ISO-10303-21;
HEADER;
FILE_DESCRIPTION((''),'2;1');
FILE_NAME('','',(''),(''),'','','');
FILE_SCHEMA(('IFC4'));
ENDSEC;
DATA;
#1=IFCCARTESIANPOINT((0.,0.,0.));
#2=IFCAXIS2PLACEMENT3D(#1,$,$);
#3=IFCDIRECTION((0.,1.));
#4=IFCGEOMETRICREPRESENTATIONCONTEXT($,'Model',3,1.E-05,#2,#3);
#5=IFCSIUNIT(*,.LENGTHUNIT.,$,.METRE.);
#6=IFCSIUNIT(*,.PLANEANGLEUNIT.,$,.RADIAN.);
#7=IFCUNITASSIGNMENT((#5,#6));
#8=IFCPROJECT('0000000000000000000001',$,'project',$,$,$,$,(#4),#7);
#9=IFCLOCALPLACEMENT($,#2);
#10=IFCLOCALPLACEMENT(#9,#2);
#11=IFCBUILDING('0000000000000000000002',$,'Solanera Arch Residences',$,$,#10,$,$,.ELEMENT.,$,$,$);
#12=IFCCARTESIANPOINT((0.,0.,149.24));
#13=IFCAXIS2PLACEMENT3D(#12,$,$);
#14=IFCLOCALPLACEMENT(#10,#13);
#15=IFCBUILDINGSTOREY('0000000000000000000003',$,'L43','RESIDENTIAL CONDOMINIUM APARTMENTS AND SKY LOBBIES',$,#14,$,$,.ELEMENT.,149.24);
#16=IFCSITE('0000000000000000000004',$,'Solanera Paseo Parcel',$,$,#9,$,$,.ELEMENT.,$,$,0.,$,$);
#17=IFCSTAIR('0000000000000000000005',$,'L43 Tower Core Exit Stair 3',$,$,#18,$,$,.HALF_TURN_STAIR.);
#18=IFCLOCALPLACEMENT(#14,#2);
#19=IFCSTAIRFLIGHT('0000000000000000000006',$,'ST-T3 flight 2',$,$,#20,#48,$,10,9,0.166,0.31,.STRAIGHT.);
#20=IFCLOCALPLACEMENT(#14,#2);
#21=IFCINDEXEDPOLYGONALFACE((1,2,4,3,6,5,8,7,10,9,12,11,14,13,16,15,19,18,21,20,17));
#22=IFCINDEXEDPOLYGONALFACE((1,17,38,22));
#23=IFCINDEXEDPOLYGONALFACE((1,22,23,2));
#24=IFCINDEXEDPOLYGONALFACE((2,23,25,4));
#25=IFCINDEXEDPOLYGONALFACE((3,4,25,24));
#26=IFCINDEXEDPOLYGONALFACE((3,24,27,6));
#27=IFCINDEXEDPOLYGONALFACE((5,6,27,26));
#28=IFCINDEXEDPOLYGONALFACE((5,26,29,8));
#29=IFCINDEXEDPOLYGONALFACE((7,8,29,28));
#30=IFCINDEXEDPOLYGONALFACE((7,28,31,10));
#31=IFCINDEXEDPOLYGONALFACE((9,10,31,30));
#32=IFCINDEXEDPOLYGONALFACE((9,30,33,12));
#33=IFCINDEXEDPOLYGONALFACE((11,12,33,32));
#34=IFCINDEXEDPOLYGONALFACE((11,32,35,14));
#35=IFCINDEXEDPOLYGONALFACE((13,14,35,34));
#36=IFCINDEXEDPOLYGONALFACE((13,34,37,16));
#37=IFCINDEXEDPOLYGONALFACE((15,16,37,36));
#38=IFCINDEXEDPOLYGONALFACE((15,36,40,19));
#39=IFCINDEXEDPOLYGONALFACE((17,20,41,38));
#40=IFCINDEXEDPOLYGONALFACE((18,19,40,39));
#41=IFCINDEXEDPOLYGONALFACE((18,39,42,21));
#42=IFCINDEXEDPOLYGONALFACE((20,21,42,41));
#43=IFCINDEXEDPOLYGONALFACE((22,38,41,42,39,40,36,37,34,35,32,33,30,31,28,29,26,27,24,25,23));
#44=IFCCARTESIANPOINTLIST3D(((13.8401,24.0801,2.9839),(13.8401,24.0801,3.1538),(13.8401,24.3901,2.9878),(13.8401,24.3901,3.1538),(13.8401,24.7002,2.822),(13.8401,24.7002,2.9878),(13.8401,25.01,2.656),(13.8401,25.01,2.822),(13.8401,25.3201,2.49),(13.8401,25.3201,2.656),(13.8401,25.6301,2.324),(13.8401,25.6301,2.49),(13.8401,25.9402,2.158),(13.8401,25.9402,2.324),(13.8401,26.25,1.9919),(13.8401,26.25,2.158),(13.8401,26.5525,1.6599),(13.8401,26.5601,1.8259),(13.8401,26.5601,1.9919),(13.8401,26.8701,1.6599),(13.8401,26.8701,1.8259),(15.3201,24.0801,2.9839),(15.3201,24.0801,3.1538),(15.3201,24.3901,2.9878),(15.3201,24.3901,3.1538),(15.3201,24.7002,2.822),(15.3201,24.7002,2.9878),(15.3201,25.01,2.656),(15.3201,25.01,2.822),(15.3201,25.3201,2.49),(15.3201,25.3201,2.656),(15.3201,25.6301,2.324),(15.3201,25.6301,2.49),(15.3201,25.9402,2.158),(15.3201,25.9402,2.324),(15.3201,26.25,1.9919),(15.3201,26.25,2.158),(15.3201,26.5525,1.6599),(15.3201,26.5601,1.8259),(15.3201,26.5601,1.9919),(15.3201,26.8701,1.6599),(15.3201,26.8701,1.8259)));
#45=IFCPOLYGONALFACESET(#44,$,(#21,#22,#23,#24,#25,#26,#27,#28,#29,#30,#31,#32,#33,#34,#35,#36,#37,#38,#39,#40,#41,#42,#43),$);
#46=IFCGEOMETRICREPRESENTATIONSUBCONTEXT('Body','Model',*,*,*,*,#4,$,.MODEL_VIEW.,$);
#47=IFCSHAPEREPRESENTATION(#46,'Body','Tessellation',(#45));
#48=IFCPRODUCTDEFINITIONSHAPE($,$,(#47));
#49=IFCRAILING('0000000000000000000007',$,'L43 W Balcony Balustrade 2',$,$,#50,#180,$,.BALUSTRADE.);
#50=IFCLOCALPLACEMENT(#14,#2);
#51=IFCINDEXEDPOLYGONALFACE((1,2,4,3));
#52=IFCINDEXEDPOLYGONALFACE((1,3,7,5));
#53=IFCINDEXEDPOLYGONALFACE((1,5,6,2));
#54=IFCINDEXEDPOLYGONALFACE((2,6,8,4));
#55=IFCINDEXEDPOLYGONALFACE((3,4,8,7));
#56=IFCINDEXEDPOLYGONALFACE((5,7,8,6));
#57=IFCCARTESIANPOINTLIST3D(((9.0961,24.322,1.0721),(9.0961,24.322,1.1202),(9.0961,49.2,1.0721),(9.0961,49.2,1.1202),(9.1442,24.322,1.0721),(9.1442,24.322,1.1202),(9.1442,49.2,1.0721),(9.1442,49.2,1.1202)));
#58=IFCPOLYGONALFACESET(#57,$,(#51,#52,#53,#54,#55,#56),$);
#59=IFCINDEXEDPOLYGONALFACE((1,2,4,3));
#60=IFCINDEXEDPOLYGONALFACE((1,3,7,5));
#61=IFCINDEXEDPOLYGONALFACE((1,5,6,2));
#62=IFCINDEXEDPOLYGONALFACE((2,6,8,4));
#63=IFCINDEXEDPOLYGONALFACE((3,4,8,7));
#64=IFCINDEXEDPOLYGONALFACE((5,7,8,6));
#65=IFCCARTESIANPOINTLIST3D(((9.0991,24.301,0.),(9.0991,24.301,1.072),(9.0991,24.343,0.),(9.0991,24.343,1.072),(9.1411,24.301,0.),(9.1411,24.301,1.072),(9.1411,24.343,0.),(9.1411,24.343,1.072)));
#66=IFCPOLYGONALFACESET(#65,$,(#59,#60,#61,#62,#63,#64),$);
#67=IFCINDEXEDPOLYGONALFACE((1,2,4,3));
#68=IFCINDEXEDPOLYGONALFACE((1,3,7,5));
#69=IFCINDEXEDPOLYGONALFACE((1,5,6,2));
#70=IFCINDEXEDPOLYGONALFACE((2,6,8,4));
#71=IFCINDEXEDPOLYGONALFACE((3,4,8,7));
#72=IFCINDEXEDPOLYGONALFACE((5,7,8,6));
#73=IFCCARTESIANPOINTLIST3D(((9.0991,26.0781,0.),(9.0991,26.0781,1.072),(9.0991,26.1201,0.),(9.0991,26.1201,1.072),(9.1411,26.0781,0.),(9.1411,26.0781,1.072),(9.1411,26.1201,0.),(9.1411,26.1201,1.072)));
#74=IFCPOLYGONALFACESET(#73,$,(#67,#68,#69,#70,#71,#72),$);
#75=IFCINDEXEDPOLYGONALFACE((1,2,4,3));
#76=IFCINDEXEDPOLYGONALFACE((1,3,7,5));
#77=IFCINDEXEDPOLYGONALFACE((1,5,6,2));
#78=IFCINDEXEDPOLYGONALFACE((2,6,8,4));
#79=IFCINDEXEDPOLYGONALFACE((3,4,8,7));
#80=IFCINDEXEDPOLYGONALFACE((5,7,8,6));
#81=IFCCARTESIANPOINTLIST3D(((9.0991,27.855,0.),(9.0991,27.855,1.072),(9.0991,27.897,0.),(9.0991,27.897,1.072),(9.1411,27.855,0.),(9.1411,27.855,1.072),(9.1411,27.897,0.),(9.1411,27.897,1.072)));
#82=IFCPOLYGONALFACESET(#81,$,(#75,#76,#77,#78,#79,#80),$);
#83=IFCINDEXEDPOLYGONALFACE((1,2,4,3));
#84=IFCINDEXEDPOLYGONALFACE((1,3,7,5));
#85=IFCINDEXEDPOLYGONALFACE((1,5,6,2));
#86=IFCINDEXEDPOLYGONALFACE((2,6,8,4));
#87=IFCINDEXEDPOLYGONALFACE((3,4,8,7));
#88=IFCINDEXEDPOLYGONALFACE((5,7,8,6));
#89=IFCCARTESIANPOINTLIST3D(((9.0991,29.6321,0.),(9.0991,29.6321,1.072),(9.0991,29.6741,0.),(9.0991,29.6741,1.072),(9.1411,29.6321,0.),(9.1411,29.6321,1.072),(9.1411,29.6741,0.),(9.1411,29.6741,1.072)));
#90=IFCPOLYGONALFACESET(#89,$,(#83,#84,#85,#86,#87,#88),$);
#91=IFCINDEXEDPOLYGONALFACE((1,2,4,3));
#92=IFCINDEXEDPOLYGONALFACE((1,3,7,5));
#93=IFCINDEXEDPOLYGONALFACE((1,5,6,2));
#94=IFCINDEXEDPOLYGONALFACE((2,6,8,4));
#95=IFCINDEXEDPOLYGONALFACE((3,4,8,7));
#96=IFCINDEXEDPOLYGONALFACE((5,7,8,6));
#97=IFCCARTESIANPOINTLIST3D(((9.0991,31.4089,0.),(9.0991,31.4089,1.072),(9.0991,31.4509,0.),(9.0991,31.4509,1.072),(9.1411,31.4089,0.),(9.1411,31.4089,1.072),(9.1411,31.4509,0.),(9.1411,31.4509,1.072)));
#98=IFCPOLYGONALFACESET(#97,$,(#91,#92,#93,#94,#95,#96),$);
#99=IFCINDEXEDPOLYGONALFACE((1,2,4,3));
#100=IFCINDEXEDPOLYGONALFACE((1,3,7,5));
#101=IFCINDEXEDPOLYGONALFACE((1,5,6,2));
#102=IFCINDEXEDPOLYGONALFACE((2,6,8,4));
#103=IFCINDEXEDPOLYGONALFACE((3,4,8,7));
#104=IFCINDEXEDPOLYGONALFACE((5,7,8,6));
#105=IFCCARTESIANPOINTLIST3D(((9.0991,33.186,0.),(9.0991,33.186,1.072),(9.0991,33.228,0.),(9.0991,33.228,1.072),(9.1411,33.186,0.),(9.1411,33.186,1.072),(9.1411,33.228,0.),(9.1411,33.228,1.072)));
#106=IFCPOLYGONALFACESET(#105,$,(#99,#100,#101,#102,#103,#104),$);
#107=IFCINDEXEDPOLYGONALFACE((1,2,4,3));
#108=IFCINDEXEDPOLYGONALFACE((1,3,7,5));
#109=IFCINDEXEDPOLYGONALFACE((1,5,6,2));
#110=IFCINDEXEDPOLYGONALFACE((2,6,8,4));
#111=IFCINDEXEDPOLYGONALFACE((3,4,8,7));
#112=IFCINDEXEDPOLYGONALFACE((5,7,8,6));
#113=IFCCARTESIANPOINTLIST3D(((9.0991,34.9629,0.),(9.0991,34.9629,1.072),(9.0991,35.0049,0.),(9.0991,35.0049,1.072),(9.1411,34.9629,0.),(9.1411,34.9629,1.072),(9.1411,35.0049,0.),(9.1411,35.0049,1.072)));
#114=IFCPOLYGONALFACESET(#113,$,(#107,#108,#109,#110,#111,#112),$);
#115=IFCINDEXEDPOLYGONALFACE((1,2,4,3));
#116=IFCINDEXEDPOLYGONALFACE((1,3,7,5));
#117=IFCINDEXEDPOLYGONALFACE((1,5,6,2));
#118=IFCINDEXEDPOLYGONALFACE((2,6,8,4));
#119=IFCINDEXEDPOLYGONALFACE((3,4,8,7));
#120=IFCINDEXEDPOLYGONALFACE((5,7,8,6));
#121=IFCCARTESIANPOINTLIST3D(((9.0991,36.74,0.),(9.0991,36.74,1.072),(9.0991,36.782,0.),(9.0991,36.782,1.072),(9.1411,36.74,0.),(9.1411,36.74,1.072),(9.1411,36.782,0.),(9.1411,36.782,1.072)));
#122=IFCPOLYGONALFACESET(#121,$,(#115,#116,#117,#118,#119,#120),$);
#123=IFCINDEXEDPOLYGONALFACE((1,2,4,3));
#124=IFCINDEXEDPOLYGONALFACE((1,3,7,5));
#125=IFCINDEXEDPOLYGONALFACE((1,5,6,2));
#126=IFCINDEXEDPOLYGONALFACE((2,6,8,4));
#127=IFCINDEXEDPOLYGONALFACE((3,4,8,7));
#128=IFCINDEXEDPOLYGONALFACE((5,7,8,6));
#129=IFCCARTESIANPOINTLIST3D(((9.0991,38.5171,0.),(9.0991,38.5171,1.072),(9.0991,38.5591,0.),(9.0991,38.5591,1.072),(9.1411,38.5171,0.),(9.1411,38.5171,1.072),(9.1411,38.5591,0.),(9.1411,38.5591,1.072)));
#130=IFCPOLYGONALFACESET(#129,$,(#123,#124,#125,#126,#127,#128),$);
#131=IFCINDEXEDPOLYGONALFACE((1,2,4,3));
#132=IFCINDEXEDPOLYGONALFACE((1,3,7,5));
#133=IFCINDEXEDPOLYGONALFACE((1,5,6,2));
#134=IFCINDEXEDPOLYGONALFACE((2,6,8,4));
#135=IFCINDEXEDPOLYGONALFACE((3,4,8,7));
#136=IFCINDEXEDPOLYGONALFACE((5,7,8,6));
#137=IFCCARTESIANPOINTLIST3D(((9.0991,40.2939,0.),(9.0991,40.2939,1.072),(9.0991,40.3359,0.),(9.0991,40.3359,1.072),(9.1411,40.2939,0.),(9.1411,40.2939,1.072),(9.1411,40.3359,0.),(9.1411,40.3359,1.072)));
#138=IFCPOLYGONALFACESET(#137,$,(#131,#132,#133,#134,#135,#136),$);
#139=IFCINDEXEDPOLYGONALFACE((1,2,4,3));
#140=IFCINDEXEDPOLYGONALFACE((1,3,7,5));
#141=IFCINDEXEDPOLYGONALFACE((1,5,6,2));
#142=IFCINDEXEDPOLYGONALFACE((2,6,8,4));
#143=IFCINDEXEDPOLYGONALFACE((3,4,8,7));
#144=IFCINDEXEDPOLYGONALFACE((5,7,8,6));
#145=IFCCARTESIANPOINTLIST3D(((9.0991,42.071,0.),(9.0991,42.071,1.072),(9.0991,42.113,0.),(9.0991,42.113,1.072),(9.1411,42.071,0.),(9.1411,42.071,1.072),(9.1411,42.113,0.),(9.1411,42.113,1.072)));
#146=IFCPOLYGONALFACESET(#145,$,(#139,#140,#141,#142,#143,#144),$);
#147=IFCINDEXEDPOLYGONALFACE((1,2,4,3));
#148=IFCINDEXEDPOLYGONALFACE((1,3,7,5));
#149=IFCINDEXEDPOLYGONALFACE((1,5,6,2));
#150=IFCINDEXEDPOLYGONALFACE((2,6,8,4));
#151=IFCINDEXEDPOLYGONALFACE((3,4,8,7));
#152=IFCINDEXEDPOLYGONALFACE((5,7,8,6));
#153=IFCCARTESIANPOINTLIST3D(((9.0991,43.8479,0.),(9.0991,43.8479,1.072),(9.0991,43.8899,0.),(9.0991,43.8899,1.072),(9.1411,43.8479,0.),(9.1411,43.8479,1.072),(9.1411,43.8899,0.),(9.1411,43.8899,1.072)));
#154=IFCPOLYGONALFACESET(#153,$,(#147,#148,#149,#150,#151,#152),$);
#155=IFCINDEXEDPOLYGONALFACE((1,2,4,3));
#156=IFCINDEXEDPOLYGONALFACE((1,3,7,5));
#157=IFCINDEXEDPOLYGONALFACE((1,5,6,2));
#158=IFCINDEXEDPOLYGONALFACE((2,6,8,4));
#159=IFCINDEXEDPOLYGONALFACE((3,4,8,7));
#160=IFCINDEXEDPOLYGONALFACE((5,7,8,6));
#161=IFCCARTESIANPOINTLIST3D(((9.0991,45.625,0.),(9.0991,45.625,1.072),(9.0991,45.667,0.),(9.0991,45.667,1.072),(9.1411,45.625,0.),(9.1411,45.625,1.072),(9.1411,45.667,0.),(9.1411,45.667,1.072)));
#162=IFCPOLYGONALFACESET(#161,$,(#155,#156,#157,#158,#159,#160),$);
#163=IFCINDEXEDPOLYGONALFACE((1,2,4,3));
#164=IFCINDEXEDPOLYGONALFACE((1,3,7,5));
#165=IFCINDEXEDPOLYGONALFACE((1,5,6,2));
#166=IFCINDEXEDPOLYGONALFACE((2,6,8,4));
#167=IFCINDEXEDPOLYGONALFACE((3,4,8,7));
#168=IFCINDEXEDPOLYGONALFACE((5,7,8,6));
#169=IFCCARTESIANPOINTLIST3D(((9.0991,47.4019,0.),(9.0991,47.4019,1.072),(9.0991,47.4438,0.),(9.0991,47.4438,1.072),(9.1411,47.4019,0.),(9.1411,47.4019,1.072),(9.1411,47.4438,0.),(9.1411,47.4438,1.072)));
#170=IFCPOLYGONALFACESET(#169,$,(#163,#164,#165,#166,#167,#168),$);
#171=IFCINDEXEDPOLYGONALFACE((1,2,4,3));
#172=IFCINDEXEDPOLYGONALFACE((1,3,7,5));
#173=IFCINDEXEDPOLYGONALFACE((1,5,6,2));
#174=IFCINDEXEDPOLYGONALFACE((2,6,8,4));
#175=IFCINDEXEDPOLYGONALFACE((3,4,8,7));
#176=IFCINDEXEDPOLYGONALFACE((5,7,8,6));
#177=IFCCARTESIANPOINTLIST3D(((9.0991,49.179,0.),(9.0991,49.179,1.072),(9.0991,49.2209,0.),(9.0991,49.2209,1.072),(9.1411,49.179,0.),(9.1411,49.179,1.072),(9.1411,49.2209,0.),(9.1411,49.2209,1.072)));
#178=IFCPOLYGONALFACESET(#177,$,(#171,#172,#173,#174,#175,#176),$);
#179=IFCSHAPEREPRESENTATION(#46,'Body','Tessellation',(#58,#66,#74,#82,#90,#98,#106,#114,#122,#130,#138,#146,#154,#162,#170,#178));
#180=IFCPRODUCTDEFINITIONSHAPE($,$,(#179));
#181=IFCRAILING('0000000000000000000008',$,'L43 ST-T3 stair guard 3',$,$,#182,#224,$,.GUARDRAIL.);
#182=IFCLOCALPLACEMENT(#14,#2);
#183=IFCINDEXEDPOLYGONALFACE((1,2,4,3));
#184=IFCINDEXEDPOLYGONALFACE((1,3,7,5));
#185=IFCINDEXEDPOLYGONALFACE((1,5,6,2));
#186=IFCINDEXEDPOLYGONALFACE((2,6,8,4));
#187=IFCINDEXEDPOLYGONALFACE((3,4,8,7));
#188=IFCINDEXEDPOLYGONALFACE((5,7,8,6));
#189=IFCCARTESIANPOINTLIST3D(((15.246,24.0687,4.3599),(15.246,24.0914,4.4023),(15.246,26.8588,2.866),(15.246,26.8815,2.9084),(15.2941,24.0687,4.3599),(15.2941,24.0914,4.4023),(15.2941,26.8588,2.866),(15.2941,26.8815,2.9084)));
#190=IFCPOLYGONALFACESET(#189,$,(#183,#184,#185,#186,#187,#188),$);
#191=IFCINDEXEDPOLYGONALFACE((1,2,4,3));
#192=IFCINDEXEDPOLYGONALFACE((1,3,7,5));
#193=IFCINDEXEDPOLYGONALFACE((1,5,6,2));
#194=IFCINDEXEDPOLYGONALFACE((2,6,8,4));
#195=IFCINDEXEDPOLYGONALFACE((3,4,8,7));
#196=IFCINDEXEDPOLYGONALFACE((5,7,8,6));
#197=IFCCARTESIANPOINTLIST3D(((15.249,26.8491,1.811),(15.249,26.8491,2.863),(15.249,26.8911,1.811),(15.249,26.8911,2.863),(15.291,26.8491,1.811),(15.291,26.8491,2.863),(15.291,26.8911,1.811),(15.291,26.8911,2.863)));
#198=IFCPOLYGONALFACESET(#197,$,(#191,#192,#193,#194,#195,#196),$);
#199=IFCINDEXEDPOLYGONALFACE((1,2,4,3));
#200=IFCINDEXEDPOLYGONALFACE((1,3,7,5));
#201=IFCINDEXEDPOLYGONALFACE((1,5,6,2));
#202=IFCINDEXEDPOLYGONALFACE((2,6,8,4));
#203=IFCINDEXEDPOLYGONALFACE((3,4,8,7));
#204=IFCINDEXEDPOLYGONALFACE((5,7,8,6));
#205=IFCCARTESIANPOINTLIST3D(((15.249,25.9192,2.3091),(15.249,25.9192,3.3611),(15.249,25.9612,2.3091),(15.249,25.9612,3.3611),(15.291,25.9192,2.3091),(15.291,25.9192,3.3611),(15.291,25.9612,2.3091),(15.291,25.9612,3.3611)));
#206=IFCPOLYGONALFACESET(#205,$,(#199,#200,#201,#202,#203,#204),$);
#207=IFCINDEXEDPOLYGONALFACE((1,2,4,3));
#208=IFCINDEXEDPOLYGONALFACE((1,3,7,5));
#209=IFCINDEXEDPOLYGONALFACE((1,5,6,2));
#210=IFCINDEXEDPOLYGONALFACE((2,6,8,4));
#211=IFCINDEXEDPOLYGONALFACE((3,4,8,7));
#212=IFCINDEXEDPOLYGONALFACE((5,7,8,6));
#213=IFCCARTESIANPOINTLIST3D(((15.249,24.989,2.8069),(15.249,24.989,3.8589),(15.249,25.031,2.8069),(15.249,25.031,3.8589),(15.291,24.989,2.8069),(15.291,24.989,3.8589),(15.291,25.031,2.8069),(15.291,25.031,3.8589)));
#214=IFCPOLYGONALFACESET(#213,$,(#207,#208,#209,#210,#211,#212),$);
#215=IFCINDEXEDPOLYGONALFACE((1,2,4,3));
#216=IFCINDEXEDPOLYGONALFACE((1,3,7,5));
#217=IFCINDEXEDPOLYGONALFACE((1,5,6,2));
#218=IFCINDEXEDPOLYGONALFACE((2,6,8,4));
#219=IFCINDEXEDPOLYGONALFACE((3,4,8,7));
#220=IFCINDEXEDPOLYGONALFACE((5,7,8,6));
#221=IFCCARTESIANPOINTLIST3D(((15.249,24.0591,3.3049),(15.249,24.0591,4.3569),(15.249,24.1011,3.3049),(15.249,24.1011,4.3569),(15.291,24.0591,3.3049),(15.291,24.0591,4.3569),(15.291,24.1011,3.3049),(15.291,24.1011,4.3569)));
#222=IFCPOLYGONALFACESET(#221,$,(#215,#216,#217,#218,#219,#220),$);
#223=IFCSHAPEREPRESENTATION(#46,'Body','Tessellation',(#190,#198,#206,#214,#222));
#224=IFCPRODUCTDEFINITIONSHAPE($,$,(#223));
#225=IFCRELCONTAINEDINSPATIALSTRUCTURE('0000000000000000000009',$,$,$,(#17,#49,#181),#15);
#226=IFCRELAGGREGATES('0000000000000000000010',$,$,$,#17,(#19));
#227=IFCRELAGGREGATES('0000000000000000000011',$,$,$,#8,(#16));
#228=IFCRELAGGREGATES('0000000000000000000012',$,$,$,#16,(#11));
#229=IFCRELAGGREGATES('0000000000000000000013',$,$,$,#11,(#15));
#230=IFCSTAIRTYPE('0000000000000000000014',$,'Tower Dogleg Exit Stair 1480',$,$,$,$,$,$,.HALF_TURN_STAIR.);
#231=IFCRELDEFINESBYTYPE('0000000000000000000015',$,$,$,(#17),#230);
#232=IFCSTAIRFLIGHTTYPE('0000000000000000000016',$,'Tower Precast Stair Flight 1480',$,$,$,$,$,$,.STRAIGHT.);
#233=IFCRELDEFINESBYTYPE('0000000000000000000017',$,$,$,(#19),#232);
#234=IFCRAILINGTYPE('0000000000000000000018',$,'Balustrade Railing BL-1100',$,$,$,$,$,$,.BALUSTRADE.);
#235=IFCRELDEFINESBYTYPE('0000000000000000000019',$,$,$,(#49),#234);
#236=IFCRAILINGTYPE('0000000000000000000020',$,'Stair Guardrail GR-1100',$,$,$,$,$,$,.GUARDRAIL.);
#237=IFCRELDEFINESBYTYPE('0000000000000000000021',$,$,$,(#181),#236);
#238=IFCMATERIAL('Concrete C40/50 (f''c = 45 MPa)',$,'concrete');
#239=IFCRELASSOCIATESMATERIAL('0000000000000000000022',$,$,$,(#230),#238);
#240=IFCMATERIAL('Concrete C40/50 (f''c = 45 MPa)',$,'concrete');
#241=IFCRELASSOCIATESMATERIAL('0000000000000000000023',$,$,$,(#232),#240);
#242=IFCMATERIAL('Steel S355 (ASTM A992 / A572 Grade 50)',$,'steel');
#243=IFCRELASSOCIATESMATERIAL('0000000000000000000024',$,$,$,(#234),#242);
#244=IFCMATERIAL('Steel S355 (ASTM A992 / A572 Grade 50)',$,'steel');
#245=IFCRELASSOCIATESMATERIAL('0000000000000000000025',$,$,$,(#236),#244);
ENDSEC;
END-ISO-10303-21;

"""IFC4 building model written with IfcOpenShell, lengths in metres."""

from ifc_helpers import new_model, si_unit, direction, frame, origin, origin_2d, place, context, subcontext, project, spatial, polyline, rectangle, outline, extrude, material, type_object, element, aggregate, save


model = new_model("IFC4")

# Units and contexts
model_context = context("Model", 3, precision=1e-05, world=origin(), true_north=direction((0.0, 1.0)))
body_context = subcontext(model_context, "Body", "Model", "MODEL_VIEW")
ifc_project = project(units=[si_unit("LENGTHUNIT", "METRE"), si_unit("PLANEANGLEUNIT", "RADIAN")], contexts=[model_context])

# Site, building, storey
site_placement = place(None, origin())
site = spatial("IfcSite", under=ifc_project, at=site_placement, Name="Solanera Paseo Parcel", CompositionType="ELEMENT", RefElevation=0.0)
building_placement = place(site_placement, origin())
building = spatial("IfcBuilding", under=site, at=building_placement, Name="Solanera Arch Residences", CompositionType="ELEMENT")
storey_placement = place(building_placement, frame((0.0, 0.0, 149.24)))
storey = spatial("IfcBuildingStorey", under=building, at=storey_placement, Name="L43", Description="RESIDENTIAL CONDOMINIUM APARTMENTS AND SKY LOBBIES", CompositionType="ELEMENT", Elevation=149.24)

# Stair, stair flight
ifc_material_1 = material(Name="Concrete C40/50 (f'c = 45 MPa)", Category="concrete")
stair_type = type_object("IfcStairType", Name="Tower Dogleg Exit Stair 1480", PredefinedType="HALF_TURN_STAIR", material=ifc_material_1)
stair_placement = place(storey_placement, origin())
stair = element("IfcStair", 1, at=stair_placement, inside=storey, type_object=stair_type, Name="L43 Tower Core Exit Stair 3", PredefinedType="HALF_TURN_STAIR")
ifc_material_2 = material(Name="Concrete C40/50 (f'c = 45 MPa)", Category="concrete")
stair_flight_type = type_object("IfcStairFlightType", Name="Tower Precast Stair Flight 1480", PredefinedType="STRAIGHT", material=ifc_material_2)
stair_flight_placement = place(storey_placement, frame((14.5801, 26.8701, 1.6599), z_axis=(0.0, 0.0, 1.0), x_axis=(0.0, -1.0, 0.0)))
stair_flight = element("IfcStairFlight", 2, at=stair_flight_placement, type_object=stair_flight_type, Name="ST-T3 flight 2", NumberOfRisers=10, NumberOfTreads=9, PredefinedType="STRAIGHT", RiserHeight=0.166, TreadLength=0.31, context=body_context, shape_type="SweptSolid", body=[
    extrude(outline(polyline([(0.0, 0.0), (0.0, 0.166), (0.3101, 0.166), (0.3101, 0.332), (0.6201, 0.332), (0.6201, 0.498), (0.9299, 0.498), (0.9299, 0.6641), (1.24, 0.6641), (1.24, 0.8301), (1.55, 0.8301), (1.55, 0.9961), (1.8601, 0.9961), (1.8601, 1.1621), (2.1699, 1.1621), (2.1699, 1.3279), (2.48, 1.3279), (2.48, 1.4939), (2.79, 1.4939), (2.79, 1.6599), (2.79, 1.324), (0.3176, 0.0), (0.0, 0.0)])), frame((0.0, 0.74, 0.0), z_axis=(0.0, -1.0, 0.0), x_axis=(1.0, 0.0, 0.0)), (0.0, 0.0, 1.0), 1.48),
])
aggregate(stair, [stair_flight])

# Railings
ifc_material_3 = material(Name="Steel S355 (ASTM A992 / A572 Grade 50)", Category="steel")
railing_type_1 = type_object("IfcRailingType", Name="Balustrade Railing BL-1100", PredefinedType="BALUSTRADE", material=ifc_material_3)
railing_1_placement = place(storey_placement, frame((9.1201, 24.322, 0.0)))
element("IfcRailing", 3, at=railing_1_placement, inside=storey, type_object=railing_type_1, Name="L43 W Balcony Balustrade 2", PredefinedType="BALUSTRADE", context=body_context, shape_type="SweptSolid", body=[
    extrude(rectangle(XDim=0.0481, YDim=0.0481, at=origin_2d()), frame((0.0, 0.0, 1.0962), z_axis=(0.0, 1.0, 0.0), x_axis=(-1.0, 0.0, 0.0)), (0.0, 0.0, 1.0), 24.8779),
    extrude(rectangle(XDim=0.042, YDim=0.042, at=origin_2d()), origin(), (0.0, 0.0, 1.0), 1.072),
    extrude(rectangle(XDim=0.042, YDim=0.042, at=origin_2d()), frame((0.0, 1.7771, 0.0)), (0.0, 0.0, 1.0), 1.072),
    extrude(rectangle(XDim=0.042, YDim=0.042, at=origin_2d()), frame((0.0, 3.554, 0.0)), (0.0, 0.0, 1.0), 1.072),
    extrude(rectangle(XDim=0.042, YDim=0.042, at=origin_2d()), frame((0.0, 5.3311, 0.0)), (0.0, 0.0, 1.0), 1.072),
    extrude(rectangle(XDim=0.042, YDim=0.042, at=origin_2d()), frame((0.0, 7.1079, 0.0)), (0.0, 0.0, 1.0), 1.072),
    extrude(rectangle(XDim=0.042, YDim=0.042, at=origin_2d()), frame((0.0, 8.885, 0.0)), (0.0, 0.0, 1.0), 1.072),
    extrude(rectangle(XDim=0.042, YDim=0.042, at=origin_2d()), frame((0.0, 10.6619, 0.0)), (0.0, 0.0, 1.0), 1.072),
    extrude(rectangle(XDim=0.042, YDim=0.042, at=origin_2d()), frame((0.0, 12.439, 0.0)), (0.0, 0.0, 1.0), 1.072),
    extrude(rectangle(XDim=0.042, YDim=0.042, at=origin_2d()), frame((0.0, 14.2161, 0.0)), (0.0, 0.0, 1.0), 1.072),
    extrude(rectangle(XDim=0.042, YDim=0.042, at=origin_2d()), frame((0.0, 15.9929, 0.0)), (0.0, 0.0, 1.0), 1.072),
    extrude(rectangle(XDim=0.042, YDim=0.042, at=origin_2d()), frame((0.0, 17.77, 0.0)), (0.0, 0.0, 1.0), 1.072),
    extrude(rectangle(XDim=0.042, YDim=0.042, at=origin_2d()), frame((0.0, 19.5469, 0.0)), (0.0, 0.0, 1.0), 1.072),
    extrude(rectangle(XDim=0.042, YDim=0.042, at=origin_2d()), frame((0.0, 21.324, 0.0)), (0.0, 0.0, 1.0), 1.072),
    extrude(rectangle(XDim=0.042, YDim=0.042, at=origin_2d()), frame((0.0, 23.1008, 0.0)), (0.0, 0.0, 1.0), 1.072),
    extrude(rectangle(XDim=0.042, YDim=0.042, at=origin_2d()), frame((0.0, 24.8779, 0.0)), (0.0, 0.0, 1.0), 1.072),
])
ifc_material_4 = material(Name="Steel S355 (ASTM A992 / A572 Grade 50)", Category="steel")
railing_type_2 = type_object("IfcRailingType", Name="Stair Guardrail GR-1100", PredefinedType="GUARDRAIL", material=ifc_material_4)
railing_2_placement = place(storey_placement, frame((15.27, 26.8701, 1.811)))
element("IfcRailing", 4, at=railing_2_placement, inside=storey, type_object=railing_type_2, Name="L43 ST-T3 stair guard 3", PredefinedType="GUARDRAIL", context=body_context, shape_type="SweptSolid", body=[
    extrude(rectangle(XDim=0.0481, YDim=0.0481, at=origin_2d()), frame((0.0, 0.0, 1.0762), z_axis=(0.0, -0.881581, 0.472033), x_axis=(1.0, 0.0, 0.0)), (0.0, 0.0, 1.0), 3.1648),
    extrude(rectangle(XDim=0.042, YDim=0.042, at=origin_2d()), origin(), (0.0, 0.0, 1.0), 1.052),
    extrude(rectangle(XDim=0.042, YDim=0.042, at=origin_2d()), frame((0.0, -0.9299, 0.498)), (0.0, 0.0, 1.0), 1.052),
    extrude(rectangle(XDim=0.042, YDim=0.042, at=origin_2d()), frame((0.0, -1.8601, 0.9958)), (0.0, 0.0, 1.0), 1.052),
    extrude(rectangle(XDim=0.042, YDim=0.042, at=origin_2d()), frame((0.0, -2.79, 1.4939)), (0.0, 0.0, 1.0), 1.052),
])

save(model, "model.ifc")
